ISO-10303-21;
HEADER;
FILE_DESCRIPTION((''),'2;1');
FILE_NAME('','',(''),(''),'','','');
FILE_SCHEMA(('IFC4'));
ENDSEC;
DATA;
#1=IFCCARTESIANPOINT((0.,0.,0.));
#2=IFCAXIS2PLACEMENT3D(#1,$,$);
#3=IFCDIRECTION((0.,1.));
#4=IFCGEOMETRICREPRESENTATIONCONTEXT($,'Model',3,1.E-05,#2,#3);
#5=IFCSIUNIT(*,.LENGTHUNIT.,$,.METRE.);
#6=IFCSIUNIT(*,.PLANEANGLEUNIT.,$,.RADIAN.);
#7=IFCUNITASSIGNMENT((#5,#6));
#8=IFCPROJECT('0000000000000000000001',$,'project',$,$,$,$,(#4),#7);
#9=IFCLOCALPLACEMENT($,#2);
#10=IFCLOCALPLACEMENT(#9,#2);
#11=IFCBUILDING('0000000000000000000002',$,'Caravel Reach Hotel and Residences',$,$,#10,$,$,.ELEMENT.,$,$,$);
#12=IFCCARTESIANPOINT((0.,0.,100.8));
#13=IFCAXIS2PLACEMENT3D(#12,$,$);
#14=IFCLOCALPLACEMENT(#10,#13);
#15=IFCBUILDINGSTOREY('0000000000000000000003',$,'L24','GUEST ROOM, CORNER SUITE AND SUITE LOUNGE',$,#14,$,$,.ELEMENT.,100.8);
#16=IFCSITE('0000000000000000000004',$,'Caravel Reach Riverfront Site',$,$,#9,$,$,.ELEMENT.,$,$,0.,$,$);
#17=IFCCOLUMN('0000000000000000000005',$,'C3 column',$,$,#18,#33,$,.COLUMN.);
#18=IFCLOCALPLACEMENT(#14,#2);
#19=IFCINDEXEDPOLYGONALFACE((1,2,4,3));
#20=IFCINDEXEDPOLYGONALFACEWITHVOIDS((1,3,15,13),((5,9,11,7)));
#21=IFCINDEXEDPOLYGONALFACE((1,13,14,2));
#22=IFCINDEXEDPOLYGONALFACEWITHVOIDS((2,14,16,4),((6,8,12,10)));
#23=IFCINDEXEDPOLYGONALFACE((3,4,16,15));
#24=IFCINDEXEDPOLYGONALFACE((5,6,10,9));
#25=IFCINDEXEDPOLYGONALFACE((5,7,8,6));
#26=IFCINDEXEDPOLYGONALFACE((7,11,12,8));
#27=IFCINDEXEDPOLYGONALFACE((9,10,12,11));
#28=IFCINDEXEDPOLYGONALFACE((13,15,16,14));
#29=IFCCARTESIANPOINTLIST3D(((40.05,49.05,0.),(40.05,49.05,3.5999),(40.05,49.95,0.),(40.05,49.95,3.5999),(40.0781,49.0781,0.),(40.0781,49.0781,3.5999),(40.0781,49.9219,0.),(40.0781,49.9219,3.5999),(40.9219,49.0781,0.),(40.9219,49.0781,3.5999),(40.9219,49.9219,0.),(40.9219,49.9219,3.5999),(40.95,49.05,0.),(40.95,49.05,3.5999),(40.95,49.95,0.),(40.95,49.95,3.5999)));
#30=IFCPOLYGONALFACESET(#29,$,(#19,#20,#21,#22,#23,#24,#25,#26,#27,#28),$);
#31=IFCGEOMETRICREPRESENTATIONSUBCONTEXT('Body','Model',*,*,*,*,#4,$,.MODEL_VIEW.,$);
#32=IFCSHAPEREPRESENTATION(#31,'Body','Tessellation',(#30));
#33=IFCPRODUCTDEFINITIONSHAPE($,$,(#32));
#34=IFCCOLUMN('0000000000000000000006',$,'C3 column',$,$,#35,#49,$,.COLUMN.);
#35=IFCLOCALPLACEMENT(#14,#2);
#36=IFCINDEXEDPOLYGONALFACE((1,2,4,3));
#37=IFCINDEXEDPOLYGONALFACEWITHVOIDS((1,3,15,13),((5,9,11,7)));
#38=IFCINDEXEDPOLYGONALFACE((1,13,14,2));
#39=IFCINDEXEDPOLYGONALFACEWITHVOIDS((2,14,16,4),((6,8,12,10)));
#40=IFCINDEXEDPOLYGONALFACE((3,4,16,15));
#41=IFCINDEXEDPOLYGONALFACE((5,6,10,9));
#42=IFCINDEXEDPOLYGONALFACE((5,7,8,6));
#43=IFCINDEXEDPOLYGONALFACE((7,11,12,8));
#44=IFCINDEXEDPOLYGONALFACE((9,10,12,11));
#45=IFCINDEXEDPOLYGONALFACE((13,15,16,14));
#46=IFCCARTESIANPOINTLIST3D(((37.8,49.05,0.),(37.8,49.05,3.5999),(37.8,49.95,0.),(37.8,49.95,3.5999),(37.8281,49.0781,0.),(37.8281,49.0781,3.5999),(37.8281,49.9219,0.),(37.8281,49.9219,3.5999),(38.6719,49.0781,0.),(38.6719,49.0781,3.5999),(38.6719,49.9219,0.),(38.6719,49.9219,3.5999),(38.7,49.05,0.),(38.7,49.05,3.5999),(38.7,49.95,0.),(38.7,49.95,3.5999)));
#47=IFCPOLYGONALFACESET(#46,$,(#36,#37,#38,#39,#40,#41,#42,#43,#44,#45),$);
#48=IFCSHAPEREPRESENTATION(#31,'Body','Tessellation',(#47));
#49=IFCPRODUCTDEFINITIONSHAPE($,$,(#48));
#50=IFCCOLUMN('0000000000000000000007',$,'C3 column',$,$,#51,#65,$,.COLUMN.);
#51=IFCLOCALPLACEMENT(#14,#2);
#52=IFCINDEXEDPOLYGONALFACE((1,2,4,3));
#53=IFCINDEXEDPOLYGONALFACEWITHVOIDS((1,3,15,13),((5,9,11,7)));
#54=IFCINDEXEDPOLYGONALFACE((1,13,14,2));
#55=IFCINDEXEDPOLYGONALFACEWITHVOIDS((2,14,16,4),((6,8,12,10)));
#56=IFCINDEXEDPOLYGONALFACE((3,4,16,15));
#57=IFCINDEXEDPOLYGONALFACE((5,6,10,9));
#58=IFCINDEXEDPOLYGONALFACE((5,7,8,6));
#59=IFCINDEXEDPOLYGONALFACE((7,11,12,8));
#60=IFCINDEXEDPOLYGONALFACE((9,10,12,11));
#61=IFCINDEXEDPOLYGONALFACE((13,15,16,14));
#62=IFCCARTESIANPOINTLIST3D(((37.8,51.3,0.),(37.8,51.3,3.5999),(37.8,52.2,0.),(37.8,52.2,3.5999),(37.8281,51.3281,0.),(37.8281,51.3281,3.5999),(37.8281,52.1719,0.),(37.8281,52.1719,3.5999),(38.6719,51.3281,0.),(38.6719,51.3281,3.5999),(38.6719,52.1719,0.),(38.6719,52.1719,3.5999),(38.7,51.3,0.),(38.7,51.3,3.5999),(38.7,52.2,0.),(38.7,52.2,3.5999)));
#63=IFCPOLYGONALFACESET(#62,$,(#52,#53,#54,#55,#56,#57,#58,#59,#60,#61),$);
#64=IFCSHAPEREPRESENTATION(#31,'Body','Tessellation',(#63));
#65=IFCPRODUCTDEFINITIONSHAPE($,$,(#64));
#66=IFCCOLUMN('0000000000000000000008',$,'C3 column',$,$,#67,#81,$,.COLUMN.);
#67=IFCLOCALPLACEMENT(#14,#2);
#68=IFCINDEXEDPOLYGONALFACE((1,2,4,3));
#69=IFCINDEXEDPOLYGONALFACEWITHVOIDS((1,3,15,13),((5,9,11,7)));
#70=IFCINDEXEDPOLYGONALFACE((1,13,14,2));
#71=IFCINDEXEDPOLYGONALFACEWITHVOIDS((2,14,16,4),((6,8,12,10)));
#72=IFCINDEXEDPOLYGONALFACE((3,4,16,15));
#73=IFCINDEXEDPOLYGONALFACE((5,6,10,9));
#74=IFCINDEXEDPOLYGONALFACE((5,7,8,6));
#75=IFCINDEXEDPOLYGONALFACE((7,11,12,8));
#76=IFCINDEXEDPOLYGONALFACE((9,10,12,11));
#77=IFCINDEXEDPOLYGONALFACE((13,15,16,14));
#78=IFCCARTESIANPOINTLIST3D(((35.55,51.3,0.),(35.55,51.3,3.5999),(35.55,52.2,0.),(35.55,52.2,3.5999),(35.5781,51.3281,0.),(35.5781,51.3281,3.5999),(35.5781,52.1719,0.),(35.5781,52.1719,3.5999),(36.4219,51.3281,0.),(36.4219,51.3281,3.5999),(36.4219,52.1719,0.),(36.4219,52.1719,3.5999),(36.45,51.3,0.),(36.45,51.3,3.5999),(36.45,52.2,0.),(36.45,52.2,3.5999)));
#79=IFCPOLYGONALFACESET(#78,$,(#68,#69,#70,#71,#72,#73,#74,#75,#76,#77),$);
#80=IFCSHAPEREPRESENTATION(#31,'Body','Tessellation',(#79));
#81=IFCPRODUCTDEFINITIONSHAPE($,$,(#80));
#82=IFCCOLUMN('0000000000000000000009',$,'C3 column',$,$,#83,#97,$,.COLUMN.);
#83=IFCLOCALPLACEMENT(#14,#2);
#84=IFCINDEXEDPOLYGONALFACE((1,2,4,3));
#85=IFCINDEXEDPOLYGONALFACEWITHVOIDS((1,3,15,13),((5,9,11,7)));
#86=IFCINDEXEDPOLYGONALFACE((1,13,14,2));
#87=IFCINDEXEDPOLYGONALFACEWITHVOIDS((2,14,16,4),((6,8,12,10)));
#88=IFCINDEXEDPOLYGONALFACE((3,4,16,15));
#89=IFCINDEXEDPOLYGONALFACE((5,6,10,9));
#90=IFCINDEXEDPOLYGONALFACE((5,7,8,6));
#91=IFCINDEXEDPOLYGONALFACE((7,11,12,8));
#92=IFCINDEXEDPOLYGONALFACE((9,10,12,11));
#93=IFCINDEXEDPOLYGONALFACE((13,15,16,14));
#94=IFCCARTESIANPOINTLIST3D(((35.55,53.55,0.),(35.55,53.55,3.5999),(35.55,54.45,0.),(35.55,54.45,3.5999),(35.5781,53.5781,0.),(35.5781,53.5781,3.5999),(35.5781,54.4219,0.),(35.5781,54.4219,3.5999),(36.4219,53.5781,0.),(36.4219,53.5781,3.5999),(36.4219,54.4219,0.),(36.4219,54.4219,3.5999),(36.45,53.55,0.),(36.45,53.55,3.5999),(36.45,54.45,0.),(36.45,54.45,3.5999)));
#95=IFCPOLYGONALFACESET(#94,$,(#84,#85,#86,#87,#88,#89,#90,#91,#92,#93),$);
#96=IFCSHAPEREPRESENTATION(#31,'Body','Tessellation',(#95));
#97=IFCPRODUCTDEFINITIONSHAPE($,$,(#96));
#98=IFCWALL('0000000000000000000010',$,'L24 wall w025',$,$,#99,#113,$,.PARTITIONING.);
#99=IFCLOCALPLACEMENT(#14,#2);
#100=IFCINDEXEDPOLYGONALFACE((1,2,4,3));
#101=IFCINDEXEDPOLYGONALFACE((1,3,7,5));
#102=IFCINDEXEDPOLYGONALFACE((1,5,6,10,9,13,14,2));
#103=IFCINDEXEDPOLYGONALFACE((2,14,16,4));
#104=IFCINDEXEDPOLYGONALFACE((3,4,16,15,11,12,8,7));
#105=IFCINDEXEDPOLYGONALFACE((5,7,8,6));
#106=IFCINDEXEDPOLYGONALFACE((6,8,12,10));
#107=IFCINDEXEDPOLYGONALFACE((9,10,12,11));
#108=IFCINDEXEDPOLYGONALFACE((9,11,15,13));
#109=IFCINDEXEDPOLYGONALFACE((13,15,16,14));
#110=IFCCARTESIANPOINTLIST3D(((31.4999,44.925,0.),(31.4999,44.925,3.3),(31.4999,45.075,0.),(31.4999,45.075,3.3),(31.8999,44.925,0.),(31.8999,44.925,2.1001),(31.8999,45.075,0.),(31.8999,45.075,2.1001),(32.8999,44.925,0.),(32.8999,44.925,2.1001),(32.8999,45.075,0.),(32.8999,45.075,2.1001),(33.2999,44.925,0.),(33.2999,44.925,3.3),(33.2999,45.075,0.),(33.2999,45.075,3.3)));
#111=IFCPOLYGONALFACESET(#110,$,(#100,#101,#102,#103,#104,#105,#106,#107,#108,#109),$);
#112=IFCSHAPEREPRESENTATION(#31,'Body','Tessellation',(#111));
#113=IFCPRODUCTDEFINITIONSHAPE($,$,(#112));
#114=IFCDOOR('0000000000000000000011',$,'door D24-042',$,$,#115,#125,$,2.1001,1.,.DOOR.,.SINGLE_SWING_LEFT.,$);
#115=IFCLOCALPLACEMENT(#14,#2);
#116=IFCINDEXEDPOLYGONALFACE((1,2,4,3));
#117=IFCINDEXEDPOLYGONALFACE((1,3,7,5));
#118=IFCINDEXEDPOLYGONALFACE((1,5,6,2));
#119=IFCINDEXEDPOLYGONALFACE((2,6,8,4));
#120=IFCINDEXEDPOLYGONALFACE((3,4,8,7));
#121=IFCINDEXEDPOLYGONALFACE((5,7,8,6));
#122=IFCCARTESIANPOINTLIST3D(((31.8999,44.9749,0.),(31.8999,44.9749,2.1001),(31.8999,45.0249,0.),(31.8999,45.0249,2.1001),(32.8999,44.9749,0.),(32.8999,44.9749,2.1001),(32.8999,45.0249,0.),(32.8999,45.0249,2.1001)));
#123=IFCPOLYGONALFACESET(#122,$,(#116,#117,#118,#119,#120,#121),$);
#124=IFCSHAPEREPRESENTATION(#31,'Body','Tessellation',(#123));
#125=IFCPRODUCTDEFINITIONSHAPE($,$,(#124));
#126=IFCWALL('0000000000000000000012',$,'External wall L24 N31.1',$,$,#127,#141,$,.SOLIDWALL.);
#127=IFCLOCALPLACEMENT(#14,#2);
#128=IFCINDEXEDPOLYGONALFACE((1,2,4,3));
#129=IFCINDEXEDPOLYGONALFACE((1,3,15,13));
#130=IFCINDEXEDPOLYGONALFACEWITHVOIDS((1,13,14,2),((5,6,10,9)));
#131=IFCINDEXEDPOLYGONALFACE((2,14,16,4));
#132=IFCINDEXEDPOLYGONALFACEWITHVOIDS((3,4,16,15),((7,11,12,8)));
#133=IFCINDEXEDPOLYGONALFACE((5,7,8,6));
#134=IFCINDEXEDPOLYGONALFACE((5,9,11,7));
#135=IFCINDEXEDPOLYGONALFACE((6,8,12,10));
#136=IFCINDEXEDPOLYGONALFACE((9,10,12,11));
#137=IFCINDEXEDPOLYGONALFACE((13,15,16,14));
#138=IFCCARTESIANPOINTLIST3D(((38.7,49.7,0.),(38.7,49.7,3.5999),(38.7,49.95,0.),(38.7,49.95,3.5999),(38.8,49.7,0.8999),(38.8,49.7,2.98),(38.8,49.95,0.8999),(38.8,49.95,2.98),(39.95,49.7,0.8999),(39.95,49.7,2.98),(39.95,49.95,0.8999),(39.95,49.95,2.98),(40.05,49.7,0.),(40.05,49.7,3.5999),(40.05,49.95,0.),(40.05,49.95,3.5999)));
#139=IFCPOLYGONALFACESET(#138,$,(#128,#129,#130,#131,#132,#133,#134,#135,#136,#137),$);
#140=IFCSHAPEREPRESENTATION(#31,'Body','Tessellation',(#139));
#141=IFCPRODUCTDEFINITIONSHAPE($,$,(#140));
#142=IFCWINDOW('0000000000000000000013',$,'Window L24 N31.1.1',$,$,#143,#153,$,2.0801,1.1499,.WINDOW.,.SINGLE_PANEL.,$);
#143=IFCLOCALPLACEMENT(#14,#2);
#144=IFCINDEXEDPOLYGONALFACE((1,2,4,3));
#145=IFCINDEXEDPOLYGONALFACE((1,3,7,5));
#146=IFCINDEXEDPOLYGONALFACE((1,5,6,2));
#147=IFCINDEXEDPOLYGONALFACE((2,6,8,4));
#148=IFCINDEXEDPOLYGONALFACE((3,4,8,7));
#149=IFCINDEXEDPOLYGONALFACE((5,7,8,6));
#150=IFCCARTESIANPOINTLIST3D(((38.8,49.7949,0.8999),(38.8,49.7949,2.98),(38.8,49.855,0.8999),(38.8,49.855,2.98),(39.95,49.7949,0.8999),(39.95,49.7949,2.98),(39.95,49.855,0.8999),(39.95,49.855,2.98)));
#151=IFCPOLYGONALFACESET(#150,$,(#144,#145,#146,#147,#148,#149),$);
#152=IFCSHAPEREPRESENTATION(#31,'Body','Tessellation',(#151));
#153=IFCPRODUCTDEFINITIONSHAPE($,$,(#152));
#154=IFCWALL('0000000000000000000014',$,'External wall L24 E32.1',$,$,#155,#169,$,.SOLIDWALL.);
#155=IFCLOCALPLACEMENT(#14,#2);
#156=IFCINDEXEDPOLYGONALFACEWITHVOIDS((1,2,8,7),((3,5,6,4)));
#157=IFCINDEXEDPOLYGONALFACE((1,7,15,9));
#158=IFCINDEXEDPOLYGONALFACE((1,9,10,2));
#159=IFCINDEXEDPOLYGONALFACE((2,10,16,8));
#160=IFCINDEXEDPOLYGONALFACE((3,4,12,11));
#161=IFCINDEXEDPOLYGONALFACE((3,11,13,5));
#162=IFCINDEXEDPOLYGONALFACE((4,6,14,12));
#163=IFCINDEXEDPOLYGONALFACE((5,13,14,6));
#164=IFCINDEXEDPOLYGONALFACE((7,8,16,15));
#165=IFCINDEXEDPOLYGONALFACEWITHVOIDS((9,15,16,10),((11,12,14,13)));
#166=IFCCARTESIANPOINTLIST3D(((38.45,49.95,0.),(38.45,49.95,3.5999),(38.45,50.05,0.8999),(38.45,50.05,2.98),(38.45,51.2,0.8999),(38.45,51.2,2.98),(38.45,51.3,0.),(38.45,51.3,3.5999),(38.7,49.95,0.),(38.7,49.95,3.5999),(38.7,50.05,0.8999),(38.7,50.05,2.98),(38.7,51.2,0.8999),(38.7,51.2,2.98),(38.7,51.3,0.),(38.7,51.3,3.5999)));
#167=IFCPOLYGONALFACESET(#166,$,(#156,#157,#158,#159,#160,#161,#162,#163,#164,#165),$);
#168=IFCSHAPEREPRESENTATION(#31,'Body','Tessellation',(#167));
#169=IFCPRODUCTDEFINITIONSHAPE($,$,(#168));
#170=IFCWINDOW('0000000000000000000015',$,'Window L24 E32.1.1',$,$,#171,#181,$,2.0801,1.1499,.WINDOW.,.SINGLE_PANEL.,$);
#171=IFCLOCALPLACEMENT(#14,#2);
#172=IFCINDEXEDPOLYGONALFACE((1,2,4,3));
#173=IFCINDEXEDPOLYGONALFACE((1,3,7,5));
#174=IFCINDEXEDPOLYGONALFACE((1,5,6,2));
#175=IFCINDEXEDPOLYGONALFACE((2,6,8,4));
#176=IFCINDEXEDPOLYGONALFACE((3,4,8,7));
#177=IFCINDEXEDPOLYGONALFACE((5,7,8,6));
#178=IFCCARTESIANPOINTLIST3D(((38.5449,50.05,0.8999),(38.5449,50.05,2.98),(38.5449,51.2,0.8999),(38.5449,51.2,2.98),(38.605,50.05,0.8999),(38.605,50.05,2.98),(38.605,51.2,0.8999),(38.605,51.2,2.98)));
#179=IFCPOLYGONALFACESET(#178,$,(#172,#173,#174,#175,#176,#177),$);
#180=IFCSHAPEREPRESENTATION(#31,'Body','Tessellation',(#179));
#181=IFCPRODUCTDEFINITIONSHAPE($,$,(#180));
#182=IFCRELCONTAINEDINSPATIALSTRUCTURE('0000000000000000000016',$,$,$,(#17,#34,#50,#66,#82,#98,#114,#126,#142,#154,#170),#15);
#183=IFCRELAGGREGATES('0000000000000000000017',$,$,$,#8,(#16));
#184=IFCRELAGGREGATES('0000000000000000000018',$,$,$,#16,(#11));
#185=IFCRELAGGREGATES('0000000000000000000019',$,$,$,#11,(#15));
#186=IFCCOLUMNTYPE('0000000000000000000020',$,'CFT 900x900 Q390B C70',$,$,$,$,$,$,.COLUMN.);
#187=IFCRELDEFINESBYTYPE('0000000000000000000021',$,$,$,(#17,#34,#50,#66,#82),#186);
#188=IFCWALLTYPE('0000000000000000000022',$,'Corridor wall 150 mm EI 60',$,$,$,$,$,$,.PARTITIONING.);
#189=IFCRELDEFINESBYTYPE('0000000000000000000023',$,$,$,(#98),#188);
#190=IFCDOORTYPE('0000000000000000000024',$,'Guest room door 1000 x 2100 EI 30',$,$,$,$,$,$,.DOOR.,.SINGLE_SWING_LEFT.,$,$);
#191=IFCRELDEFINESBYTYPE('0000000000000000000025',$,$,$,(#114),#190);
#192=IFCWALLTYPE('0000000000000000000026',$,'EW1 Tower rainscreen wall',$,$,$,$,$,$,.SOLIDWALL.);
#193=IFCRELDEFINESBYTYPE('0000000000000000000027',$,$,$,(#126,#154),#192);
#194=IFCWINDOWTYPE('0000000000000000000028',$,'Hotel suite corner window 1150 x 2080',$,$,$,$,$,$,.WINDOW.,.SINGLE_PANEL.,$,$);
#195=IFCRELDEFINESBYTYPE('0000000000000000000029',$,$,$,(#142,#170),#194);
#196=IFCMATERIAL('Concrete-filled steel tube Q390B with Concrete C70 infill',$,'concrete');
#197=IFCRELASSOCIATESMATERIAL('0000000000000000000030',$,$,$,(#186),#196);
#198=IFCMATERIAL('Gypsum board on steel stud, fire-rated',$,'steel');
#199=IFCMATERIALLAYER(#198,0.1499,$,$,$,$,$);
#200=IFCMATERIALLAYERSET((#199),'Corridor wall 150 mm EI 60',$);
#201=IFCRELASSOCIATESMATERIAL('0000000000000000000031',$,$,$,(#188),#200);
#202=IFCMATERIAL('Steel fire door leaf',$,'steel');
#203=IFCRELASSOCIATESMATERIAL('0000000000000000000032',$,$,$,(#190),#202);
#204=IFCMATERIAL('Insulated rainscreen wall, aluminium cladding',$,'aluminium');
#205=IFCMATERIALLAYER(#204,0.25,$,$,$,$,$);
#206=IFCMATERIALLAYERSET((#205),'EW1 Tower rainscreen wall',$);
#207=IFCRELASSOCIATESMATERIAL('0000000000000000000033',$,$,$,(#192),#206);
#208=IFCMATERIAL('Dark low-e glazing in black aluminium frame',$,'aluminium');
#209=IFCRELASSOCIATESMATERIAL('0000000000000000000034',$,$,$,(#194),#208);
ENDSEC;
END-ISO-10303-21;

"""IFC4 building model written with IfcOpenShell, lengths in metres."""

from ifc_helpers import new_model, si_unit, direction, frame, frame_2d, origin, origin_2d, place, context, subcontext, project, spatial, rectangle, hollow_rectangle, extrude, material, layer, layer_set, material_profile, profile_set, type_object, element, fill, save


model = new_model("IFC4")

# Units and contexts
model_context = context("Model", 3, precision=1e-05, world=origin(), true_north=direction((0.0, 1.0)))
body_context = subcontext(model_context, "Body", "Model", "MODEL_VIEW")
ifc_project = project(units=[si_unit("LENGTHUNIT", "METRE"), si_unit("PLANEANGLEUNIT", "RADIAN")], contexts=[model_context])

# Site, building, storey
site_placement = place(None, origin())
site = spatial("IfcSite", under=ifc_project, at=site_placement, Name="Caravel Reach Riverfront Site", CompositionType="ELEMENT", RefElevation=0.0)
building_placement = place(site_placement, origin())
building = spatial("IfcBuilding", under=site, at=building_placement, Name="Caravel Reach Hotel and Residences", CompositionType="ELEMENT")
storey_placement = place(building_placement, frame((0.0, 0.0, 100.8)))
storey = spatial("IfcBuildingStorey", under=building, at=storey_placement, Name="L24", Description="GUEST ROOM, CORNER SUITE AND SUITE LOUNGE", CompositionType="ELEMENT", Elevation=100.8)

# Columns
ifc_material_1 = material(Name="Concrete-filled steel tube Q390B with Concrete C70 infill", Category="concrete")
ifc_material_profile = material_profile(ifc_material_1, hollow_rectangle(XDim=0.8999, YDim=0.8999, WallThickness=0.0281, at=origin_2d()), Name="RHS 900x900x28")
ifc_profile_set = profile_set([ifc_material_profile], Name="Concrete-filled steel tube Q390B with Concrete C70 infill")
column_type = type_object("IfcColumnType", Name="CFT 900x900 Q390B C70", PredefinedType="COLUMN", material=ifc_profile_set)
for number, where, z_axis, x_axis, name in (
    (1, (40.5, 49.5, 0.0), (0.0, 0.0, 1.0), (1.0, 0.0, 0.0), "C3 column"),
    (2, (38.25, 49.5, 0.0), (0.0, 0.0, 1.0), (1.0, 0.0, 0.0), "C3 column"),
    (3, (38.25, 51.75, 0.0), (0.0, 0.0, 1.0), (1.0, 0.0, 0.0), "C3 column"),
    (4, (36.0, 51.75, 0.0), (0.0, 0.0, 1.0), (1.0, 0.0, 0.0), "C3 column"),
    (5, (36.0, 54.0, 0.0), (0.0, 0.0, 1.0), (1.0, 0.0, 0.0), "C3 column"),
):
    element("IfcColumn", number, at=place(storey_placement, frame(where, z_axis=z_axis, x_axis=x_axis)), inside=storey, type_object=column_type, Name=name, PredefinedType="COLUMN", context=body_context, shape_type="SweptSolid", body=[
        extrude(hollow_rectangle(XDim=0.8999, YDim=0.8999, WallThickness=0.0281, at=origin_2d()), origin(), (0.0, 0.0, 1.0), 3.5999),
    ])

# Wall, opening, door
ifc_material_2 = material(Name="Gypsum board on steel stud, fire-rated", Category="steel")
ifc_layer_1 = layer(ifc_material_2, 0.1499)
ifc_layer_set_1 = layer_set([ifc_layer_1], Name="Corridor wall 150 mm EI 60")
wall_type_1 = type_object("IfcWallType", Name="Corridor wall 150 mm EI 60", PredefinedType="PARTITIONING", material=ifc_layer_set_1)
wall_1_placement = place(storey_placement, frame((31.5, 45.0, 0.0), z_axis=(0.0, 0.0, 1.0), x_axis=(1.0, 0.0, 0.0)))
wall_1 = element("IfcWall", 6, at=wall_1_placement, inside=storey, type_object=wall_type_1, Name="L24 wall w025", PredefinedType="PARTITIONING", context=body_context, shape_type="SweptSolid", body=[
    extrude(rectangle(XDim=1.8, YDim=0.1499, at=frame_2d((0.8999, 0.0))), origin(), (0.0, 0.0, 1.0), 3.3),
])
opening_1_placement = place(wall_1_placement, frame((0.3999, 0.0, 0.0)))
opening_1 = element("IfcOpeningElement", 7, at=opening_1_placement, cuts=wall_1, PredefinedType="OPENING", context=body_context, shape_type="SweptSolid", body=[
    extrude(rectangle(XDim=1.0, YDim=2.1001, at=frame_2d((0.5, 1.05))), frame((0.0, 0.085, 0.0), z_axis=(0.0, -1.0, 0.0), x_axis=(1.0, 0.0, 0.0)), (0.0, 0.0, 1.0), 0.1699),
])
ifc_material_3 = material(Name="Steel fire door leaf", Category="steel")
door_type = type_object("IfcDoorType", Name="Guest room door 1000 x 2100 EI 30", OperationType="SINGLE_SWING_LEFT", PredefinedType="DOOR", material=ifc_material_3)
door_placement = place(opening_1_placement, origin())
door = element("IfcDoor", 8, at=door_placement, inside=storey, type_object=door_type, Name="door D24-042", OperationType="SINGLE_SWING_LEFT", OverallHeight=2.1001, OverallWidth=1.0, PredefinedType="DOOR", context=body_context, shape_type="SweptSolid", body=[
    extrude(rectangle(XDim=1.0, YDim=2.1001, at=frame_2d((0.5, 1.05))), frame((0.0, 0.0249, 0.0), z_axis=(0.0, -1.0, 0.0), x_axis=(1.0, 0.0, 0.0)), (0.0, 0.0, 1.0), 0.05),
])
fill(opening_1, door)

# Walls, openings, windows
ifc_material_4 = material(Name="Insulated rainscreen wall, aluminium cladding", Category="aluminium")
ifc_layer_2 = layer(ifc_material_4, 0.25)
ifc_layer_set_2 = layer_set([ifc_layer_2], Name="EW1 Tower rainscreen wall")
wall_type_2 = type_object("IfcWallType", Name="EW1 Tower rainscreen wall", PredefinedType="SOLIDWALL", material=ifc_layer_set_2)
wall_2_placement = place(storey_placement, frame((40.05, 49.825, 0.0), z_axis=(0.0, 0.0, 1.0), x_axis=(-1.0, 0.0, 0.0)))
wall_2 = element("IfcWall", 9, at=wall_2_placement, inside=storey, type_object=wall_type_2, Name="External wall L24 N31.1", PredefinedType="SOLIDWALL", context=body_context, shape_type="SweptSolid", body=[
    extrude(rectangle(XDim=1.3501, YDim=0.25, at=frame_2d((0.675, 0.0))), origin(), (0.0, 0.0, 1.0), 3.5999),
])
opening_2_placement = place(wall_2_placement, frame((0.1001, 0.0, 0.8999)))
opening_2 = element("IfcOpeningElement", 10, at=opening_2_placement, cuts=wall_2, PredefinedType="OPENING", context=body_context, shape_type="SweptSolid", body=[
    extrude(rectangle(XDim=1.1499, YDim=2.0801, at=frame_2d((0.575, 1.04))), frame((0.0, 0.135, 0.0), z_axis=(0.0, -1.0, 0.0), x_axis=(1.0, 0.0, 0.0)), (0.0, 0.0, 1.0), 0.27),
])
ifc_material_5 = material(Name="Dark low-e glazing in black aluminium frame", Category="aluminium")
window_type_1 = type_object("IfcWindowType", Name="Hotel suite corner window 1150 x 2080", PartitioningType="SINGLE_PANEL", PredefinedType="WINDOW", material=ifc_material_5)
window_1_placement = place(opening_2_placement, origin())
window_1 = element("IfcWindow", 11, at=window_1_placement, inside=storey, type_object=window_type_1, Name="Window L24 N31.1.1", OverallHeight=2.0801, OverallWidth=1.1499, PartitioningType="SINGLE_PANEL", PredefinedType="WINDOW", context=body_context, shape_type="SweptSolid", body=[
    extrude(rectangle(XDim=1.1499, YDim=2.0801, at=frame_2d((0.575, 1.04))), frame((0.0, 0.03, 0.0), z_axis=(0.0, -1.0, 0.0), x_axis=(1.0, 0.0, 0.0)), (0.0, 0.0, 1.0), 0.0601),
])
fill(opening_2, window_1)
wall_3_placement = place(storey_placement, frame((38.575, 49.95, 0.0), z_axis=(0.0, 0.0, 1.0), x_axis=(0.0, 1.0, 0.0)))
wall_3 = element("IfcWall", 12, at=wall_3_placement, inside=storey, type_object=wall_type_2, Name="External wall L24 E32.1", PredefinedType="SOLIDWALL", context=body_context, shape_type="SweptSolid", body=[
    extrude(rectangle(XDim=1.3501, YDim=0.25, at=frame_2d((0.675, 0.0))), origin(), (0.0, 0.0, 1.0), 3.5999),
])
opening_3_placement = place(wall_3_placement, frame((0.1001, 0.0, 0.8999)))
opening_3 = element("IfcOpeningElement", 13, at=opening_3_placement, cuts=wall_3, PredefinedType="OPENING", context=body_context, shape_type="SweptSolid", body=[
    extrude(rectangle(XDim=1.1499, YDim=2.0801, at=frame_2d((0.575, 1.04))), frame((0.0, 0.135, 0.0), z_axis=(0.0, -1.0, 0.0), x_axis=(1.0, 0.0, 0.0)), (0.0, 0.0, 1.0), 0.27),
])
window_2_placement = place(opening_3_placement, origin())
window_2 = element("IfcWindow", 14, at=window_2_placement, inside=storey, type_object=window_type_1, Name="Window L24 E32.1.1", OverallHeight=2.0801, OverallWidth=1.1499, PartitioningType="SINGLE_PANEL", PredefinedType="WINDOW", context=body_context, shape_type="SweptSolid", body=[
    extrude(rectangle(XDim=1.1499, YDim=2.0801, at=frame_2d((0.575, 1.04))), frame((0.0, 0.03, 0.0), z_axis=(0.0, -1.0, 0.0), x_axis=(1.0, 0.0, 0.0)), (0.0, 0.0, 1.0), 0.0601),
])
fill(opening_3, window_2)

save(model, "model.ifc")
